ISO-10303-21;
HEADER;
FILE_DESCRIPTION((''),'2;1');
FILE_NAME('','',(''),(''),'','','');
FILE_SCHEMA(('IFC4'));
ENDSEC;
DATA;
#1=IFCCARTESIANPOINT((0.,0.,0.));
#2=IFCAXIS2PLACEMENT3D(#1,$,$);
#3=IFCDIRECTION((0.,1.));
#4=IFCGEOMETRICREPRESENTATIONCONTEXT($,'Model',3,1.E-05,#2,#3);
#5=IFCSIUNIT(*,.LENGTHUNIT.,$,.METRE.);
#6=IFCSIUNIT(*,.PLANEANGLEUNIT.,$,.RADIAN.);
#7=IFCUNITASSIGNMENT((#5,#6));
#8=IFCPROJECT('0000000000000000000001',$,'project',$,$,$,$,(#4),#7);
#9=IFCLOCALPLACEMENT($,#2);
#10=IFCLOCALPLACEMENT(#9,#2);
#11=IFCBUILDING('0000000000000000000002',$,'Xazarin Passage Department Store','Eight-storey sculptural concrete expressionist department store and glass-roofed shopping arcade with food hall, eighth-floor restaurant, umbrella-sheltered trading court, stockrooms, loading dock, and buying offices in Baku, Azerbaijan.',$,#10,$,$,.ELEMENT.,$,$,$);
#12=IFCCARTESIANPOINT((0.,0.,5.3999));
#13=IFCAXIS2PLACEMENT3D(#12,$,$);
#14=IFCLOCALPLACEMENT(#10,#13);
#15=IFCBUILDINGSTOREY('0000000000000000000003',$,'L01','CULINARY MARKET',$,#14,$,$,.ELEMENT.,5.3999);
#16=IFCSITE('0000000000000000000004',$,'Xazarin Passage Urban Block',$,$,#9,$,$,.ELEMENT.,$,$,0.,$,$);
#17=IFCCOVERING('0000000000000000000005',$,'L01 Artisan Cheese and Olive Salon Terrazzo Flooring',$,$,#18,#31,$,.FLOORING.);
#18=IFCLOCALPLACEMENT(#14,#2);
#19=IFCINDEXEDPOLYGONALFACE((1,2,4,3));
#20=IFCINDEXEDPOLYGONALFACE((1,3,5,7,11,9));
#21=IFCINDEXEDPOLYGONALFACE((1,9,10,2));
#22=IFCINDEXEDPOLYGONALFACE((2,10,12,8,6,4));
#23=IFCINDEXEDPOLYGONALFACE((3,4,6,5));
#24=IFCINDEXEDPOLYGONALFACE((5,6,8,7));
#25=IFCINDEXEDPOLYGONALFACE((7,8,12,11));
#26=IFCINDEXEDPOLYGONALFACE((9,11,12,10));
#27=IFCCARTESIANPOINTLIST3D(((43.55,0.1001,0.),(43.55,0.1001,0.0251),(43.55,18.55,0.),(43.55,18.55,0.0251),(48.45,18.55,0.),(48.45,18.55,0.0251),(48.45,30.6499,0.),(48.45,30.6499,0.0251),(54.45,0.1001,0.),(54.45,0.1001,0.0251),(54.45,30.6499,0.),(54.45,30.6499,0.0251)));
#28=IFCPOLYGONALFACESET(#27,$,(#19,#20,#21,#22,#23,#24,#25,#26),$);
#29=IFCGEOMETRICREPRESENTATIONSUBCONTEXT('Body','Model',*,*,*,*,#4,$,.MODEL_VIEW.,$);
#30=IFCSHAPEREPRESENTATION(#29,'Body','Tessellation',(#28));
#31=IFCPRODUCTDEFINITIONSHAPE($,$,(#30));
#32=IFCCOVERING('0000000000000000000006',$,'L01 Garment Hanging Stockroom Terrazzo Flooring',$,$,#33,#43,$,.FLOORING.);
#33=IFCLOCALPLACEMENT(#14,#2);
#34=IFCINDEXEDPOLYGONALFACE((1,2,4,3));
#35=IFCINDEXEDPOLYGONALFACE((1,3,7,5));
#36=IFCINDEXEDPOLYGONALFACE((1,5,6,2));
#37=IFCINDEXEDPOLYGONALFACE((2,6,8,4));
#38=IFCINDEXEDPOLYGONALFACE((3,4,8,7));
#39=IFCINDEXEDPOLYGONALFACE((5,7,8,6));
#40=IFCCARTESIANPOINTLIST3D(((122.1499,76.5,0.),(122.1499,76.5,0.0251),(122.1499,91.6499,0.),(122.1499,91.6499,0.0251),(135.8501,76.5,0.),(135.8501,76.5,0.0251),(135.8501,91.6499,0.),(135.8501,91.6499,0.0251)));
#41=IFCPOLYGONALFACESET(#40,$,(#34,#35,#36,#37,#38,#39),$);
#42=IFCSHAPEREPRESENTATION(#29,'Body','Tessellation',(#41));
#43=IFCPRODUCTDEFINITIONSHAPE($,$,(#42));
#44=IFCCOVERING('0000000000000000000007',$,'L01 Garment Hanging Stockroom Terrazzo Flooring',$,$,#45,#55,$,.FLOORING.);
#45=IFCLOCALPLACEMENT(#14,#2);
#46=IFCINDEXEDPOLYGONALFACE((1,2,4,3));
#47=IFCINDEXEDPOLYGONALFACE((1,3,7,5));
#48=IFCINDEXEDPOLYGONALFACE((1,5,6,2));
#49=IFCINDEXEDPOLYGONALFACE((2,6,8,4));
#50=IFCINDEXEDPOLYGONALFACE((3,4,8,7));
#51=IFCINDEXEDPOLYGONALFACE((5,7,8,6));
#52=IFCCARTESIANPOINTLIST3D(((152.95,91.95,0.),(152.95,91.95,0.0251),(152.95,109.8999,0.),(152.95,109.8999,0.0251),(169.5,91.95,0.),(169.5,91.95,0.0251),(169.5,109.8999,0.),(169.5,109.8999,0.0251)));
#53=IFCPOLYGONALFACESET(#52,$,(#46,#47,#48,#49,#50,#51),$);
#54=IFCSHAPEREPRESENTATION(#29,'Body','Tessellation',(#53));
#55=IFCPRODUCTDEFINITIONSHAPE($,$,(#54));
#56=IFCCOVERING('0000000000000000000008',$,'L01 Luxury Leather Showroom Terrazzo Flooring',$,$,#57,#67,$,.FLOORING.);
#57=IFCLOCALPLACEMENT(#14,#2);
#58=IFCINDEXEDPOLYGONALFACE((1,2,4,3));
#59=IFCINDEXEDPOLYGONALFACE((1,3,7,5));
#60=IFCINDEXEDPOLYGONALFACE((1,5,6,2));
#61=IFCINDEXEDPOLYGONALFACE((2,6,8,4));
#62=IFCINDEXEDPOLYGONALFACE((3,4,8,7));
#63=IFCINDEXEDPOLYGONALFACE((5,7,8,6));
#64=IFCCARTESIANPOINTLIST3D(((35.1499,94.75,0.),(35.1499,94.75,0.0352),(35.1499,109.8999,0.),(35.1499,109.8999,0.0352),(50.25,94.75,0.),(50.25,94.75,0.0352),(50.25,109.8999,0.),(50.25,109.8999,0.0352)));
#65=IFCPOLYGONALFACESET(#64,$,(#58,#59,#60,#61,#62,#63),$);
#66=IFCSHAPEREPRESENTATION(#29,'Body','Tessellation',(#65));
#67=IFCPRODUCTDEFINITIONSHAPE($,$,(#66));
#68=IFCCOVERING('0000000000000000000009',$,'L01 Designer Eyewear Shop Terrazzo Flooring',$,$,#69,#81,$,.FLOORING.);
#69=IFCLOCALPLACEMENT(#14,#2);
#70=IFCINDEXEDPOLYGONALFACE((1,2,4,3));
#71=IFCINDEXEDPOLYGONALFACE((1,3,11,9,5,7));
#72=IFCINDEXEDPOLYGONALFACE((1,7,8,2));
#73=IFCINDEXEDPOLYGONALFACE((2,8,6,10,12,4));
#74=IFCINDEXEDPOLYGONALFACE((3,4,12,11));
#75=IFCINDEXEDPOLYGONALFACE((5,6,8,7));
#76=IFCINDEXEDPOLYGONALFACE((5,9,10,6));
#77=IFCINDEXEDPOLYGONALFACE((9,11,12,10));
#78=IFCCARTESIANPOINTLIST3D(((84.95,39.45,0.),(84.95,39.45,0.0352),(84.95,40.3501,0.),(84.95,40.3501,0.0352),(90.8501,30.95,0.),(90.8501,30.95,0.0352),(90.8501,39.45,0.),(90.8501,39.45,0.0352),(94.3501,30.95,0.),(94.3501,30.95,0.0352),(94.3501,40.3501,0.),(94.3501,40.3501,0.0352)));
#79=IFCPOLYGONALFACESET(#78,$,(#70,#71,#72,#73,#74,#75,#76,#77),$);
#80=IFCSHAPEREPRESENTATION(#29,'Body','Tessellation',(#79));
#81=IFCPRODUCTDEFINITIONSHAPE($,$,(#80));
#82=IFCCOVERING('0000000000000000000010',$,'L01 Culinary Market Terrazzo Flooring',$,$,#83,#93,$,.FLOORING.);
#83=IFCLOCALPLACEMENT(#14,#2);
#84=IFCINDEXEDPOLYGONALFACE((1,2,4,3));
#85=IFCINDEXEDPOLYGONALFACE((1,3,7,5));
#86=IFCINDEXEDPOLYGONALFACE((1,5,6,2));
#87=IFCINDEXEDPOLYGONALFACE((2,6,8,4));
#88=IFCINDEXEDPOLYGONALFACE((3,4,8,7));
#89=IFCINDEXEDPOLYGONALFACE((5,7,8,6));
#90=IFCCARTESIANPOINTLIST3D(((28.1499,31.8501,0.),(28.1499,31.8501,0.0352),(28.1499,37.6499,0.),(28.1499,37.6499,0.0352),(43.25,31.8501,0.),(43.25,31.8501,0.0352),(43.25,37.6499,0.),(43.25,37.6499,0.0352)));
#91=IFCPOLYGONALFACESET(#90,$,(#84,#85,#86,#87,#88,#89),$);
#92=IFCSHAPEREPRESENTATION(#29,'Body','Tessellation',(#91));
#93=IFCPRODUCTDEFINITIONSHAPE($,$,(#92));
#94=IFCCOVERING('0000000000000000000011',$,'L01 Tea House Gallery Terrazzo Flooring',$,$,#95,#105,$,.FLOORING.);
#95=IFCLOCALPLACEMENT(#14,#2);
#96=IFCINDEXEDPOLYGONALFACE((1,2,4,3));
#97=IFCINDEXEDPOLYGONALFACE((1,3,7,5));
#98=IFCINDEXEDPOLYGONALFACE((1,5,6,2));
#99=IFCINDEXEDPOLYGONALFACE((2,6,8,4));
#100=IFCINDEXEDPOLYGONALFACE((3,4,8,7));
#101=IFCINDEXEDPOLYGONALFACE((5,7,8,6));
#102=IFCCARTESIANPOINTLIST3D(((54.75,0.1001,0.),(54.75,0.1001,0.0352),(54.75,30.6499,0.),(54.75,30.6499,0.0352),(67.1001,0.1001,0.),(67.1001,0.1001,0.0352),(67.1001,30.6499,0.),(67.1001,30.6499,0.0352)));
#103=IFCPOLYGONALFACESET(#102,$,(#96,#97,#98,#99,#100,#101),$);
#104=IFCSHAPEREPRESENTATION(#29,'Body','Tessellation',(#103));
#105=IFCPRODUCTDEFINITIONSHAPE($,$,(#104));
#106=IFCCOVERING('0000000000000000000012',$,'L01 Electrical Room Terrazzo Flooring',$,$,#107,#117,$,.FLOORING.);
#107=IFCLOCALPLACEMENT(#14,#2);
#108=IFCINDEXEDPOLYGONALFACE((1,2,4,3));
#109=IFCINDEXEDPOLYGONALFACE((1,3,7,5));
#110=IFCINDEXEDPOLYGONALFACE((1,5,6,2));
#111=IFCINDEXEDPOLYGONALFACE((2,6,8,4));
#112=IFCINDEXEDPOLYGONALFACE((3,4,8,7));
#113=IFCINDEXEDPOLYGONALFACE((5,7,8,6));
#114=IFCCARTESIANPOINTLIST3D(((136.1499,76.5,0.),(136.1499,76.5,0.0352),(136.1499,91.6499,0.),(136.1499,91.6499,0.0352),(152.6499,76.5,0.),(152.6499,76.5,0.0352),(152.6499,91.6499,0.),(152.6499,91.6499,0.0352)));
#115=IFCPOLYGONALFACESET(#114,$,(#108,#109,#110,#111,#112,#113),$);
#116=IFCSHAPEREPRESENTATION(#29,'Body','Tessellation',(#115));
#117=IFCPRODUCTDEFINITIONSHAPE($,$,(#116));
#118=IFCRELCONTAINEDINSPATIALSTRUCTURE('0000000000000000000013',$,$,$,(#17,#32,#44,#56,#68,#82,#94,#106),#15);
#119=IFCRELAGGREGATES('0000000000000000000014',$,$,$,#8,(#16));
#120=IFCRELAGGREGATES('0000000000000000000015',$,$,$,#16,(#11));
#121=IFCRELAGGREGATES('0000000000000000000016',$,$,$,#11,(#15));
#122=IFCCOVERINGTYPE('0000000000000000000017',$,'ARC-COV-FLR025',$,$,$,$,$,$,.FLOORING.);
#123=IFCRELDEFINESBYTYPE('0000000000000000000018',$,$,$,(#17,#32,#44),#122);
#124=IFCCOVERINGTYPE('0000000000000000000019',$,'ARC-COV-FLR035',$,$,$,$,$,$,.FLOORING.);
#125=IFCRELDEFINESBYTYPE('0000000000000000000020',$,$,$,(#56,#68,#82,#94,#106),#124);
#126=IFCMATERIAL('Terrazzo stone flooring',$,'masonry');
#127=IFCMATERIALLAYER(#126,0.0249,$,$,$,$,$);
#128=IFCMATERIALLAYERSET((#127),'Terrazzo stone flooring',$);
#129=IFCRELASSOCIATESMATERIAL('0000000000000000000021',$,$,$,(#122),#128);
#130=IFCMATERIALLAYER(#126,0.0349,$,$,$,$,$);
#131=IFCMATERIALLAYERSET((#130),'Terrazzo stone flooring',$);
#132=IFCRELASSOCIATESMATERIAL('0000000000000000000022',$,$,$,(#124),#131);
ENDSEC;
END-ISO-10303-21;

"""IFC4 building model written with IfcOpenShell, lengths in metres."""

from ifc_helpers import new_model, si_unit, direction, frame, origin, place, context, subcontext, project, spatial, polyline, outline, extrude, material, layer, layer_set, type_object, element, save


model = new_model("IFC4")

# Units and contexts
model_context = context("Model", 3, precision=1e-05, world=origin(), true_north=direction((0.0, 1.0)))
body_context = subcontext(model_context, "Body", "Model", "MODEL_VIEW")
ifc_project = project(units=[si_unit("LENGTHUNIT", "METRE"), si_unit("PLANEANGLEUNIT", "RADIAN")], contexts=[model_context])

# Site, building, storey
site_placement = place(None, origin())
site = spatial("IfcSite", under=ifc_project, at=site_placement, Name="Xazarin Passage Urban Block", CompositionType="ELEMENT", RefElevation=0.0)
building_placement = place(site_placement, origin())
building = spatial("IfcBuilding", under=site, at=building_placement, Name="Xazarin Passage Department Store", Description="Eight-storey sculptural concrete expressionist department store and glass-roofed shopping arcade with food hall, eighth-floor restaurant, umbrella-sheltered trading court, stockrooms, loading dock, and buying offices in Baku, Azerbaijan.", CompositionType="ELEMENT")
storey_placement = place(building_placement, frame((0.0, 0.0, 5.3999)))
storey = spatial("IfcBuildingStorey", under=building, at=storey_placement, Name="L01", Description="CULINARY MARKET", CompositionType="ELEMENT", Elevation=5.3999)

# Coverings
ifc_material_1 = material(Name="Terrazzo stone flooring", Category="masonry")
ifc_layer_1 = layer(ifc_material_1, 0.0249)
ifc_layer_set_1 = layer_set([ifc_layer_1], Name="Terrazzo stone flooring")
covering_type_1 = type_object("IfcCoveringType", Name="ARC-COV-FLR025", PredefinedType="FLOORING", material=ifc_layer_set_1)
covering_1_placement = place(storey_placement, origin())
element("IfcCovering", 1, at=covering_1_placement, inside=storey, type_object=covering_type_1, Name="L01 Artisan Cheese and Olive Salon Terrazzo Flooring", PredefinedType="FLOORING", context=body_context, shape_type="SweptSolid", body=[
    extrude(outline(polyline([(48.45, 18.55), (43.55, 18.55), (43.55, 0.1001), (54.45, 0.1001), (54.45, 30.6499), (48.45, 30.6499), (48.45, 18.55)])), origin(), (0.0, 0.0, 1.0), 0.0251),
])
covering_2_placement = place(storey_placement, origin())
element("IfcCovering", 2, at=covering_2_placement, inside=storey, type_object=covering_type_1, Name="L01 Garment Hanging Stockroom Terrazzo Flooring", PredefinedType="FLOORING", context=body_context, shape_type="SweptSolid", body=[
    extrude(outline(polyline([(122.1499, 76.5), (135.8501, 76.5), (135.8501, 91.6499), (122.1499, 91.6499), (122.1499, 76.5)])), origin(), (0.0, 0.0, 1.0), 0.0251),
])
covering_3_placement = place(storey_placement, origin())
element("IfcCovering", 3, at=covering_3_placement, inside=storey, type_object=covering_type_1, Name="L01 Garment Hanging Stockroom Terrazzo Flooring", PredefinedType="FLOORING", context=body_context, shape_type="SweptSolid", body=[
    extrude(outline(polyline([(152.95, 91.95), (169.5, 91.95), (169.5, 109.8999), (152.95, 109.8999), (152.95, 91.95)])), origin(), (0.0, 0.0, 1.0), 0.0251),
])
ifc_layer_2 = layer(ifc_material_1, 0.0349)
ifc_layer_set_2 = layer_set([ifc_layer_2], Name="Terrazzo stone flooring")
covering_type_2 = type_object("IfcCoveringType", Name="ARC-COV-FLR035", PredefinedType="FLOORING", material=ifc_layer_set_2)
covering_4_placement = place(storey_placement, origin())
element("IfcCovering", 4, at=covering_4_placement, inside=storey, type_object=covering_type_2, Name="L01 Luxury Leather Showroom Terrazzo Flooring", PredefinedType="FLOORING", context=body_context, shape_type="SweptSolid", body=[
    extrude(outline(polyline([(35.1499, 94.75), (50.25, 94.75), (50.25, 109.8999), (35.1499, 109.8999), (35.1499, 94.75)])), origin(), (0.0, 0.0, 1.0), 0.0352),
])
covering_5_placement = place(storey_placement, origin())
element("IfcCovering", 5, at=covering_5_placement, inside=storey, type_object=covering_type_2, Name="L01 Designer Eyewear Shop Terrazzo Flooring", PredefinedType="FLOORING", context=body_context, shape_type="SweptSolid", body=[
    extrude(outline(polyline([(94.3501, 40.3501), (84.95, 40.3501), (84.95, 39.45), (90.8501, 39.45), (90.8501, 30.95), (94.3501, 30.95), (94.3501, 40.3501)])), origin(), (0.0, 0.0, 1.0), 0.0352),
])
covering_6_placement = place(storey_placement, origin())
element("IfcCovering", 6, at=covering_6_placement, inside=storey, type_object=covering_type_2, Name="L01 Culinary Market Terrazzo Flooring", PredefinedType="FLOORING", context=body_context, shape_type="SweptSolid", body=[
    extrude(outline(polyline([(28.1499, 31.8501), (43.25, 31.8501), (43.25, 37.6499), (28.1499, 37.6499), (28.1499, 31.8501)])), origin(), (0.0, 0.0, 1.0), 0.0352),
])
covering_7_placement = place(storey_placement, origin())
element("IfcCovering", 7, at=covering_7_placement, inside=storey, type_object=covering_type_2, Name="L01 Tea House Gallery Terrazzo Flooring", PredefinedType="FLOORING", context=body_context, shape_type="SweptSolid", body=[
    extrude(outline(polyline([(54.75, 0.1001), (67.1001, 0.1001), (67.1001, 30.6499), (54.75, 30.6499), (54.75, 0.1001)])), origin(), (0.0, 0.0, 1.0), 0.0352),
])
covering_8_placement = place(storey_placement, origin())
element("IfcCovering", 8, at=covering_8_placement, inside=storey, type_object=covering_type_2, Name="L01 Electrical Room Terrazzo Flooring", PredefinedType="FLOORING", context=body_context, shape_type="SweptSolid", body=[
    extrude(outline(polyline([(136.1499, 76.5), (152.6499, 76.5), (152.6499, 91.6499), (136.1499, 91.6499), (136.1499, 76.5)])), origin(), (0.0, 0.0, 1.0), 0.0352),
])

save(model, "model.ifc")
